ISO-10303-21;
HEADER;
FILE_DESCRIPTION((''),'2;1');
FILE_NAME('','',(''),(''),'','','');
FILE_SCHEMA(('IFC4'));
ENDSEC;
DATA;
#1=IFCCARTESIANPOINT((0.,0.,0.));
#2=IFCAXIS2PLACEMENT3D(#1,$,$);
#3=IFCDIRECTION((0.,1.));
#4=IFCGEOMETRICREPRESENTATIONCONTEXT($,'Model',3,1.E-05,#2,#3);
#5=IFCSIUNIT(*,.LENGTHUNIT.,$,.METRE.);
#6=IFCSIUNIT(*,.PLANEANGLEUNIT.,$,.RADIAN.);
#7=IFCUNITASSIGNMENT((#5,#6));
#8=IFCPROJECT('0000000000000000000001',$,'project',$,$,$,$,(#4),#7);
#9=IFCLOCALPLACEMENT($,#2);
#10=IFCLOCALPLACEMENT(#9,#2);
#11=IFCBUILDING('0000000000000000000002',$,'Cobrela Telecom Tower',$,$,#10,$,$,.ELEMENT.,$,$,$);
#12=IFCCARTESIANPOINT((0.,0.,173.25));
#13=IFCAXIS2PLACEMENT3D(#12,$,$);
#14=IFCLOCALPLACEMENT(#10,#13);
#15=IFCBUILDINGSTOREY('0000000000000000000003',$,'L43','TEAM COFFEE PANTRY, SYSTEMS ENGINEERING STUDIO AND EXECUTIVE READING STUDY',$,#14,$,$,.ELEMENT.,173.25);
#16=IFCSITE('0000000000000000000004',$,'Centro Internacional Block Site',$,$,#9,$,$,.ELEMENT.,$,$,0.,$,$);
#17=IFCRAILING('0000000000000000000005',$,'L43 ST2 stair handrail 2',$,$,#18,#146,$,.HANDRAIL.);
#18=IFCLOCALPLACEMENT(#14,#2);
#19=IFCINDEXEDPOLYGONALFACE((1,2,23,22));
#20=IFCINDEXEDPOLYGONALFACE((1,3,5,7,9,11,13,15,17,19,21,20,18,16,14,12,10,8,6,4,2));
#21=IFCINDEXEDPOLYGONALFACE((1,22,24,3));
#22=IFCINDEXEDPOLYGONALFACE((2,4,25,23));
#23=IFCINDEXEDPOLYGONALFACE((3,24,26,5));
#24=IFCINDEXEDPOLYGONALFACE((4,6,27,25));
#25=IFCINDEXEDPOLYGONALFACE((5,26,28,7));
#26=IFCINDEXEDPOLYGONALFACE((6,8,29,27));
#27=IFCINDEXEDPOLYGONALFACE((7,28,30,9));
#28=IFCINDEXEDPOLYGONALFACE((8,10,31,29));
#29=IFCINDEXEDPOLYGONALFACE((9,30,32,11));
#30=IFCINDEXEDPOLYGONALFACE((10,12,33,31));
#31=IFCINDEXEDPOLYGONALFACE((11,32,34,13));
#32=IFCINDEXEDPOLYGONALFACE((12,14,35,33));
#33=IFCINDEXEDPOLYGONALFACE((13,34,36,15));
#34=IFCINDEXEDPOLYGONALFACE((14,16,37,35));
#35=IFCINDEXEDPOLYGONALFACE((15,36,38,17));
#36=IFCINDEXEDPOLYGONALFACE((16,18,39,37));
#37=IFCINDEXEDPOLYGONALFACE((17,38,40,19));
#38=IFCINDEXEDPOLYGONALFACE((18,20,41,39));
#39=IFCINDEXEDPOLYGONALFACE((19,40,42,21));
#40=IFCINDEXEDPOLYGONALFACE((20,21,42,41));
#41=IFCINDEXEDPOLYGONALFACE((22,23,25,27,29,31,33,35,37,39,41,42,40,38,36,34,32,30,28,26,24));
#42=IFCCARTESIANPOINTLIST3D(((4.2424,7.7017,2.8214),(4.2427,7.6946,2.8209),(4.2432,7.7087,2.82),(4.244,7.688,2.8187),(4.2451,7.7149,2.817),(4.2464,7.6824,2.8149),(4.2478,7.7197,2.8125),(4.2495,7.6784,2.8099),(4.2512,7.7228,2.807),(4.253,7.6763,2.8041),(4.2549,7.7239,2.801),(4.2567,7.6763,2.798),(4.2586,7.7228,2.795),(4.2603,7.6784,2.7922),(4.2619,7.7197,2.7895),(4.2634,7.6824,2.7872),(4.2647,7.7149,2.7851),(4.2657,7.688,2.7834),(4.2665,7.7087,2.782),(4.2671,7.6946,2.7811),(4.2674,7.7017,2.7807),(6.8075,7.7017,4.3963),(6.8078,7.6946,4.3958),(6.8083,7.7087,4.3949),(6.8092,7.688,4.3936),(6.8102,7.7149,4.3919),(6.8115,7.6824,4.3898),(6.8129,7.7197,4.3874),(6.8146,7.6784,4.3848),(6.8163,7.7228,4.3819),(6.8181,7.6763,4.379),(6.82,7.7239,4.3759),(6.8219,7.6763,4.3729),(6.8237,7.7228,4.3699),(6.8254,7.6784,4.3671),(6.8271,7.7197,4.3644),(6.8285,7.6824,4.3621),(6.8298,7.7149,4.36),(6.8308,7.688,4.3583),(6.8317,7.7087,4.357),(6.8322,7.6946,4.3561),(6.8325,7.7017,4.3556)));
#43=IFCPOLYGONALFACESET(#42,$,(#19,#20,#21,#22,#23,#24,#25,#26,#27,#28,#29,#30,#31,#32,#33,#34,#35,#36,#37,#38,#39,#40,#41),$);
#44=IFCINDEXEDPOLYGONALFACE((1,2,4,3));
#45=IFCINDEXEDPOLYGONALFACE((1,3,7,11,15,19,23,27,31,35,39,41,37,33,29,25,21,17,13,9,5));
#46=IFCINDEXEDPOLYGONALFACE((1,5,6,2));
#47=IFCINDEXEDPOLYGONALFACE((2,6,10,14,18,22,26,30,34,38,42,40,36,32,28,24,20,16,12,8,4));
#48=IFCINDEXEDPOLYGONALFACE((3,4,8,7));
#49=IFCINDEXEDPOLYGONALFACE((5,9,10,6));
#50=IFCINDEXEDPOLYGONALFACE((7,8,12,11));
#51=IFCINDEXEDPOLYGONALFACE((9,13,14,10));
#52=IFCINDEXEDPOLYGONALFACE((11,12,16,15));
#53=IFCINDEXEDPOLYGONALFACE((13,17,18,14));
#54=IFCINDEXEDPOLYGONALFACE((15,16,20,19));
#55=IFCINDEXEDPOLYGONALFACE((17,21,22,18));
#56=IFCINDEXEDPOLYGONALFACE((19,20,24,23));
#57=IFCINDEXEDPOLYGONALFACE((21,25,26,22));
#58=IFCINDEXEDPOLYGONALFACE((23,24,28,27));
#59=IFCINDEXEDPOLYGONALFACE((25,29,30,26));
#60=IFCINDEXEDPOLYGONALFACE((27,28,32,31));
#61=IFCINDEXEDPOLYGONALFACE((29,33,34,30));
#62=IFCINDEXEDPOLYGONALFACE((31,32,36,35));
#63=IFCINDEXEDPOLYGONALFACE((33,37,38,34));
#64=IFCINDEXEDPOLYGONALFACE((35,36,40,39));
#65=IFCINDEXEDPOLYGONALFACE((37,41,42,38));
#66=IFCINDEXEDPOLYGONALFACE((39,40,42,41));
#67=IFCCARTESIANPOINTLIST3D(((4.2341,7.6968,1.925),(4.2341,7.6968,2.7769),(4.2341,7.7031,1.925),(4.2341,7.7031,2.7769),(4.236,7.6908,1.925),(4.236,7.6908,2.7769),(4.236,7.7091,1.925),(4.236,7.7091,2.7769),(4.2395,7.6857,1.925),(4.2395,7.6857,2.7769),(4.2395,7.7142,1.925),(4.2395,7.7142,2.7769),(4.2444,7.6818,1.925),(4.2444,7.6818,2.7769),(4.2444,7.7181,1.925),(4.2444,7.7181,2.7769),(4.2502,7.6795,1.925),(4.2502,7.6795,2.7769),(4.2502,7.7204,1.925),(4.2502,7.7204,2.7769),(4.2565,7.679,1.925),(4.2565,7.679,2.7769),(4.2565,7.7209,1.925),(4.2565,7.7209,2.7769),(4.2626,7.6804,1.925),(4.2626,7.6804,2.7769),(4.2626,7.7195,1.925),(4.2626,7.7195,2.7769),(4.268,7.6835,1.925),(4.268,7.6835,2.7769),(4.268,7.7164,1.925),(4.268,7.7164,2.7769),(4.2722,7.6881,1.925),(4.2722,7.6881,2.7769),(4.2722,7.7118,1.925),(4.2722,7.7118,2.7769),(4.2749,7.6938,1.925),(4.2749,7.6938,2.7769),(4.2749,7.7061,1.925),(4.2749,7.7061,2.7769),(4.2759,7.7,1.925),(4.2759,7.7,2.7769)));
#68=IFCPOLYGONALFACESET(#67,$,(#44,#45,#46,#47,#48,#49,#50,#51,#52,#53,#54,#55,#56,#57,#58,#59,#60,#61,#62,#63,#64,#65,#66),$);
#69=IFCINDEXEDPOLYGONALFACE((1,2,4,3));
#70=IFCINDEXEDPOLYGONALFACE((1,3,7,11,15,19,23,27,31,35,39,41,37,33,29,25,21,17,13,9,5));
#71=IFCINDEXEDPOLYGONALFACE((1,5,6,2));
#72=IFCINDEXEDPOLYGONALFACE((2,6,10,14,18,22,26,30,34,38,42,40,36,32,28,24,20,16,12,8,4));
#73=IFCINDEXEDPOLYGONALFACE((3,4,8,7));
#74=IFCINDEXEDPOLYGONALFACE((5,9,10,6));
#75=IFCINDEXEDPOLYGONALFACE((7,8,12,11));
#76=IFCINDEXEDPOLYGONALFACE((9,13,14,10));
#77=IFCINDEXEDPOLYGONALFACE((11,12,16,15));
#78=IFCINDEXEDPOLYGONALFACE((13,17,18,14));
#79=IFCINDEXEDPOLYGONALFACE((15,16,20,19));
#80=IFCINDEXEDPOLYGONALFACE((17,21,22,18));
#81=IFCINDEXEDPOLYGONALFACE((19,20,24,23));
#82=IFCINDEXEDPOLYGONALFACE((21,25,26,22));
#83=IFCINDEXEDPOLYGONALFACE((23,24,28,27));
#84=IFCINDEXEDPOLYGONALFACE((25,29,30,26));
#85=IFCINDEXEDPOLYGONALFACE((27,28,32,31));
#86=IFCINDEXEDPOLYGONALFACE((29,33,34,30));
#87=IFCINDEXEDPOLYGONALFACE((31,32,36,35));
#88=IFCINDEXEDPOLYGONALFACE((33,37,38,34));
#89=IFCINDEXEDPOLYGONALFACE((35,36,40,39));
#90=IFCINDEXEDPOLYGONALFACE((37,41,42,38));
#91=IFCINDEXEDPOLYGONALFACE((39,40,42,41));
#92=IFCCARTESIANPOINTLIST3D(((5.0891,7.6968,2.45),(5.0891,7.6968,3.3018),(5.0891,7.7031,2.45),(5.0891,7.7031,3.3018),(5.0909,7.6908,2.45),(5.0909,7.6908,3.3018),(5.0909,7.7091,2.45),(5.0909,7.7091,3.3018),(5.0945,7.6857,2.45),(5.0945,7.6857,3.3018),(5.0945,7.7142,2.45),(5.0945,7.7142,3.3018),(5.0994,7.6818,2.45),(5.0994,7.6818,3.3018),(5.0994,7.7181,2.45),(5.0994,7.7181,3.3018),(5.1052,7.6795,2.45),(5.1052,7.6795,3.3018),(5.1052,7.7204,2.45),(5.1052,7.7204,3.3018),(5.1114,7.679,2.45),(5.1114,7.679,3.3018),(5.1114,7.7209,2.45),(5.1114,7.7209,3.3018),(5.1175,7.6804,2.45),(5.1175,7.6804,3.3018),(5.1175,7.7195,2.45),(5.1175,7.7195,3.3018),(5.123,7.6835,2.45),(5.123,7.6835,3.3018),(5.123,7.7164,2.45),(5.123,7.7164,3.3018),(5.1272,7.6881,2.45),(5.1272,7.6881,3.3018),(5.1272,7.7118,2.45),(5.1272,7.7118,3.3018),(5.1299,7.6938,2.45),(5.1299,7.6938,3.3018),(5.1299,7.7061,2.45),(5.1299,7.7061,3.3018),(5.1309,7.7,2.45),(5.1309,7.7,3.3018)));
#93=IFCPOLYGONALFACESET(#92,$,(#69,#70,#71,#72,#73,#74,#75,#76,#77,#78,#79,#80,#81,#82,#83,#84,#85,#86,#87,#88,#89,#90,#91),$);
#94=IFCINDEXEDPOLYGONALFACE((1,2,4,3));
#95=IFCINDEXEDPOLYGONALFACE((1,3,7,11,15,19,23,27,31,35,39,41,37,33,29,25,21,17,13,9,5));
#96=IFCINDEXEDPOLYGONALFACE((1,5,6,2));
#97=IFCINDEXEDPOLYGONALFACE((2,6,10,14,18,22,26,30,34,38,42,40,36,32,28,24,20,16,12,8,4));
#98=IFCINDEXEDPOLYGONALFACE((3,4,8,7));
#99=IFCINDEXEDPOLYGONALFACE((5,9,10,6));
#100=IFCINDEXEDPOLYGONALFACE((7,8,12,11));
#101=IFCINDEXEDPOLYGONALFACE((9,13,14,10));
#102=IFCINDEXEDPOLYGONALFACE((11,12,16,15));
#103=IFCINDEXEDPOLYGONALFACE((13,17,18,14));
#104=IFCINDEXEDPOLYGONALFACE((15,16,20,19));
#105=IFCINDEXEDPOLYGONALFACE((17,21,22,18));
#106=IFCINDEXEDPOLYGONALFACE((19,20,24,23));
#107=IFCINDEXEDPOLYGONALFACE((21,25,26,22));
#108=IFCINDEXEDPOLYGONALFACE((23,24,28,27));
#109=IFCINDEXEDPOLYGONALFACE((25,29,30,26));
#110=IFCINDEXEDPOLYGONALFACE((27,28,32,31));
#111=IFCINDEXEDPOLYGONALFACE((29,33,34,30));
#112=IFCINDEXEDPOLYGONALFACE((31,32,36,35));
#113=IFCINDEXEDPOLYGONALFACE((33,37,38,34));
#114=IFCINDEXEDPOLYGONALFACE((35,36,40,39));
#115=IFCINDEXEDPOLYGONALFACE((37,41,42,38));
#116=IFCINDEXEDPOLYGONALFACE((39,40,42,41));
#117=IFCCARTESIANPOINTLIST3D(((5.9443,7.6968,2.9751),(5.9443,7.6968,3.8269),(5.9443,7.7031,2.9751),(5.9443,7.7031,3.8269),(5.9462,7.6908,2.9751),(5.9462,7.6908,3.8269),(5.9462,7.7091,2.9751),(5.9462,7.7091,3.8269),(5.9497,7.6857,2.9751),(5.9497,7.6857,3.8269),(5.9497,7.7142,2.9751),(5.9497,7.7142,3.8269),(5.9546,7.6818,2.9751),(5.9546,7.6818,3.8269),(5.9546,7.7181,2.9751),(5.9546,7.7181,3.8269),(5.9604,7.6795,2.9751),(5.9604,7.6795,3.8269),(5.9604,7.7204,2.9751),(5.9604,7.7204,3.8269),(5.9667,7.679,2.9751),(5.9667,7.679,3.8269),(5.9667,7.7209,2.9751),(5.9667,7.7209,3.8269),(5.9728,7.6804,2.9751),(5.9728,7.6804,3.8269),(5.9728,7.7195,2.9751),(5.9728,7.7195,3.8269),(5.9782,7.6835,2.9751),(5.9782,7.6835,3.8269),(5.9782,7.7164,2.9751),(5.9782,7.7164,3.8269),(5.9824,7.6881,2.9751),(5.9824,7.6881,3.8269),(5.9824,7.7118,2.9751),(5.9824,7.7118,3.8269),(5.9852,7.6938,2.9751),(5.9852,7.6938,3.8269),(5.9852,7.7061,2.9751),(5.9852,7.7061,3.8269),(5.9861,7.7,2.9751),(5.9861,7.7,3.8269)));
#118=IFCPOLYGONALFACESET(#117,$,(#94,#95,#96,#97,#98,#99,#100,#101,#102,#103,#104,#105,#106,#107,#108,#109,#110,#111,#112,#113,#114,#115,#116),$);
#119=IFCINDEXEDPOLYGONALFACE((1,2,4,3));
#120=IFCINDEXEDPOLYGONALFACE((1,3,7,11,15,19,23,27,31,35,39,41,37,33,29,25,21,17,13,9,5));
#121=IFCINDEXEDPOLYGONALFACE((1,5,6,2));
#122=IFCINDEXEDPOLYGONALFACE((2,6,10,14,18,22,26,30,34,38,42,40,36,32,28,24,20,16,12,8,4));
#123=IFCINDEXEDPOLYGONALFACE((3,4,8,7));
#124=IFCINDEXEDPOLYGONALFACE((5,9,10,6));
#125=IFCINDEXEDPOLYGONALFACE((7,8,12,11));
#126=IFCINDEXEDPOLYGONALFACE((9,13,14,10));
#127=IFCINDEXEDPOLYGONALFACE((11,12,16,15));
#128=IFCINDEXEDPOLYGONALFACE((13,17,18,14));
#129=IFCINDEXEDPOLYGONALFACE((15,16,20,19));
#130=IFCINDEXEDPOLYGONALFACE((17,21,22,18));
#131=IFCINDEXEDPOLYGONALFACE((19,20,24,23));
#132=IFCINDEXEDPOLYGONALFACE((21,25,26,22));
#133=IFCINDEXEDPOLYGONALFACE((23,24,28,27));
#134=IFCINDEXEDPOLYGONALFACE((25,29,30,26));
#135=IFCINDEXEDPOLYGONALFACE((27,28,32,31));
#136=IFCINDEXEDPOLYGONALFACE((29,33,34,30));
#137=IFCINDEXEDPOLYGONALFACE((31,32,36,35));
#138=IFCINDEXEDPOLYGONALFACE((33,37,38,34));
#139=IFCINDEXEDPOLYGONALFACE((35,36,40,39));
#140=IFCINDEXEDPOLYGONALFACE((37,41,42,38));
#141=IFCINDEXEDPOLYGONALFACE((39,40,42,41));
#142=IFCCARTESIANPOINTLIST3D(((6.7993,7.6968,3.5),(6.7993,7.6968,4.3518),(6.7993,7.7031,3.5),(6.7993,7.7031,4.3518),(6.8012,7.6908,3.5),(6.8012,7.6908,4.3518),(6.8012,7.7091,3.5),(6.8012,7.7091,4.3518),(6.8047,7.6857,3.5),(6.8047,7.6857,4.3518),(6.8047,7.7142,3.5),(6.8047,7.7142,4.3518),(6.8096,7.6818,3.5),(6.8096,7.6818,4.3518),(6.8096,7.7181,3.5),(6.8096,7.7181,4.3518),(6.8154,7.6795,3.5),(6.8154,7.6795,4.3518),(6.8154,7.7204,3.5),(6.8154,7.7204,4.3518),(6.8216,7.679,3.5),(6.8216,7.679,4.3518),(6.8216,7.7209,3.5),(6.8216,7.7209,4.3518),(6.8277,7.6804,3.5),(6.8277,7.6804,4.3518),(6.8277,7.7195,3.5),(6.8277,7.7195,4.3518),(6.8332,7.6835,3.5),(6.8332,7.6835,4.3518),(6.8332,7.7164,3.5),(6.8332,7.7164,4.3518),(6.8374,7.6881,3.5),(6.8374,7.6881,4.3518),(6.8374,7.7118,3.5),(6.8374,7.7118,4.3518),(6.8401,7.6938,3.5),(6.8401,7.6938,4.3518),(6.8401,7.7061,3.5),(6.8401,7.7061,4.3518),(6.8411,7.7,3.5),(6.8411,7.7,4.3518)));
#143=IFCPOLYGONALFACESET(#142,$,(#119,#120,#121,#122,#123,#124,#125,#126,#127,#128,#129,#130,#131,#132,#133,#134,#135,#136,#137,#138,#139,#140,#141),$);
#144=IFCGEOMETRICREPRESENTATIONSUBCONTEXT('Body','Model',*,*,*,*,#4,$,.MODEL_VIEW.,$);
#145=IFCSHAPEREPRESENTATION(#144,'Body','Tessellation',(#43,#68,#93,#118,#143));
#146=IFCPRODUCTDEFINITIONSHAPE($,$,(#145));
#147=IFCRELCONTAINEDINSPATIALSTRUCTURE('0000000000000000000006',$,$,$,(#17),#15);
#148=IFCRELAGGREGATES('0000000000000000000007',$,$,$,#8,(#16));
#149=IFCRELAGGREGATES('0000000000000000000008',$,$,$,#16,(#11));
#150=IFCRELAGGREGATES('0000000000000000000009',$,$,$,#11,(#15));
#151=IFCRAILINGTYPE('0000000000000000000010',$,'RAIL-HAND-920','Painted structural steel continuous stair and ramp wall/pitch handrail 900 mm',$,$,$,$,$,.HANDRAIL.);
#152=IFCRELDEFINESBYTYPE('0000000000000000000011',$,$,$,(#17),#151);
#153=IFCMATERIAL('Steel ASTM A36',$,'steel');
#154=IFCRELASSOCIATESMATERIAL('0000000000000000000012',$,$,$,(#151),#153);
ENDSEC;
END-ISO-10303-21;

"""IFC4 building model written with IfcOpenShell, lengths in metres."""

from ifc_helpers import new_model, si_unit, direction, frame, origin, origin_2d, place, context, subcontext, project, spatial, circle, extrude, material, type_object, element, save


model = new_model("IFC4")

# Units and contexts
model_context = context("Model", 3, precision=1e-05, world=origin(), true_north=direction((0.0, 1.0)))
body_context = subcontext(model_context, "Body", "Model", "MODEL_VIEW")
ifc_project = project(units=[si_unit("LENGTHUNIT", "METRE"), si_unit("PLANEANGLEUNIT", "RADIAN")], contexts=[model_context])

# Site, building, storey
site_placement = place(None, origin())
site = spatial("IfcSite", under=ifc_project, at=site_placement, Name="Centro Internacional Block Site", CompositionType="ELEMENT", RefElevation=0.0)
building_placement = place(site_placement, origin())
building = spatial("IfcBuilding", under=site, at=building_placement, Name="Cobrela Telecom Tower", CompositionType="ELEMENT")
storey_placement = place(building_placement, frame((0.0, 0.0, 173.25)))
storey = spatial("IfcBuildingStorey", under=building, at=storey_placement, Name="L43", Description="TEAM COFFEE PANTRY, SYSTEMS ENGINEERING STUDIO AND EXECUTIVE READING STUDY", CompositionType="ELEMENT", Elevation=173.25)

# Railing
ifc_material_1 = material(Name="Steel ASTM A36", Category="steel")
railing_type = type_object("IfcRailingType", Name="RAIL-HAND-920", Description="Painted structural steel continuous stair and ramp wall/pitch handrail 900 mm", PredefinedType="HANDRAIL", material=ifc_material_1)
railing_placement = place(storey_placement, frame((4.2549, 7.7, 1.925)))
element("IfcRailing", 1, at=railing_placement, inside=storey, type_object=railing_type, Name="L43 ST2 stair handrail 2", PredefinedType="HANDRAIL", context=body_context, shape_type="SweptSolid", body=[
    extrude(circle(Radius=0.0239, at=origin_2d()), frame((0.0, 0.0, 0.876), z_axis=(0.852195, 0.0, 0.523224), x_axis=(0.0, 1.0, 0.0)), (0.0, 0.0, 1.0), 3.01),
    extrude(circle(Radius=0.021, at=origin_2d()), origin(), (0.0, 0.0, 1.0), 0.8518),
    extrude(circle(Radius=0.021, at=origin_2d()), frame((0.855, 0.0, 0.5249)), (0.0, 0.0, 1.0), 0.8518),
    extrude(circle(Radius=0.021, at=origin_2d()), frame((1.7102, 0.0, 1.05)), (0.0, 0.0, 1.0), 0.8518),
    extrude(circle(Radius=0.021, at=origin_2d()), frame((2.5652, 0.0, 1.575)), (0.0, 0.0, 1.0), 0.8518),
])

save(model, "model.ifc")
